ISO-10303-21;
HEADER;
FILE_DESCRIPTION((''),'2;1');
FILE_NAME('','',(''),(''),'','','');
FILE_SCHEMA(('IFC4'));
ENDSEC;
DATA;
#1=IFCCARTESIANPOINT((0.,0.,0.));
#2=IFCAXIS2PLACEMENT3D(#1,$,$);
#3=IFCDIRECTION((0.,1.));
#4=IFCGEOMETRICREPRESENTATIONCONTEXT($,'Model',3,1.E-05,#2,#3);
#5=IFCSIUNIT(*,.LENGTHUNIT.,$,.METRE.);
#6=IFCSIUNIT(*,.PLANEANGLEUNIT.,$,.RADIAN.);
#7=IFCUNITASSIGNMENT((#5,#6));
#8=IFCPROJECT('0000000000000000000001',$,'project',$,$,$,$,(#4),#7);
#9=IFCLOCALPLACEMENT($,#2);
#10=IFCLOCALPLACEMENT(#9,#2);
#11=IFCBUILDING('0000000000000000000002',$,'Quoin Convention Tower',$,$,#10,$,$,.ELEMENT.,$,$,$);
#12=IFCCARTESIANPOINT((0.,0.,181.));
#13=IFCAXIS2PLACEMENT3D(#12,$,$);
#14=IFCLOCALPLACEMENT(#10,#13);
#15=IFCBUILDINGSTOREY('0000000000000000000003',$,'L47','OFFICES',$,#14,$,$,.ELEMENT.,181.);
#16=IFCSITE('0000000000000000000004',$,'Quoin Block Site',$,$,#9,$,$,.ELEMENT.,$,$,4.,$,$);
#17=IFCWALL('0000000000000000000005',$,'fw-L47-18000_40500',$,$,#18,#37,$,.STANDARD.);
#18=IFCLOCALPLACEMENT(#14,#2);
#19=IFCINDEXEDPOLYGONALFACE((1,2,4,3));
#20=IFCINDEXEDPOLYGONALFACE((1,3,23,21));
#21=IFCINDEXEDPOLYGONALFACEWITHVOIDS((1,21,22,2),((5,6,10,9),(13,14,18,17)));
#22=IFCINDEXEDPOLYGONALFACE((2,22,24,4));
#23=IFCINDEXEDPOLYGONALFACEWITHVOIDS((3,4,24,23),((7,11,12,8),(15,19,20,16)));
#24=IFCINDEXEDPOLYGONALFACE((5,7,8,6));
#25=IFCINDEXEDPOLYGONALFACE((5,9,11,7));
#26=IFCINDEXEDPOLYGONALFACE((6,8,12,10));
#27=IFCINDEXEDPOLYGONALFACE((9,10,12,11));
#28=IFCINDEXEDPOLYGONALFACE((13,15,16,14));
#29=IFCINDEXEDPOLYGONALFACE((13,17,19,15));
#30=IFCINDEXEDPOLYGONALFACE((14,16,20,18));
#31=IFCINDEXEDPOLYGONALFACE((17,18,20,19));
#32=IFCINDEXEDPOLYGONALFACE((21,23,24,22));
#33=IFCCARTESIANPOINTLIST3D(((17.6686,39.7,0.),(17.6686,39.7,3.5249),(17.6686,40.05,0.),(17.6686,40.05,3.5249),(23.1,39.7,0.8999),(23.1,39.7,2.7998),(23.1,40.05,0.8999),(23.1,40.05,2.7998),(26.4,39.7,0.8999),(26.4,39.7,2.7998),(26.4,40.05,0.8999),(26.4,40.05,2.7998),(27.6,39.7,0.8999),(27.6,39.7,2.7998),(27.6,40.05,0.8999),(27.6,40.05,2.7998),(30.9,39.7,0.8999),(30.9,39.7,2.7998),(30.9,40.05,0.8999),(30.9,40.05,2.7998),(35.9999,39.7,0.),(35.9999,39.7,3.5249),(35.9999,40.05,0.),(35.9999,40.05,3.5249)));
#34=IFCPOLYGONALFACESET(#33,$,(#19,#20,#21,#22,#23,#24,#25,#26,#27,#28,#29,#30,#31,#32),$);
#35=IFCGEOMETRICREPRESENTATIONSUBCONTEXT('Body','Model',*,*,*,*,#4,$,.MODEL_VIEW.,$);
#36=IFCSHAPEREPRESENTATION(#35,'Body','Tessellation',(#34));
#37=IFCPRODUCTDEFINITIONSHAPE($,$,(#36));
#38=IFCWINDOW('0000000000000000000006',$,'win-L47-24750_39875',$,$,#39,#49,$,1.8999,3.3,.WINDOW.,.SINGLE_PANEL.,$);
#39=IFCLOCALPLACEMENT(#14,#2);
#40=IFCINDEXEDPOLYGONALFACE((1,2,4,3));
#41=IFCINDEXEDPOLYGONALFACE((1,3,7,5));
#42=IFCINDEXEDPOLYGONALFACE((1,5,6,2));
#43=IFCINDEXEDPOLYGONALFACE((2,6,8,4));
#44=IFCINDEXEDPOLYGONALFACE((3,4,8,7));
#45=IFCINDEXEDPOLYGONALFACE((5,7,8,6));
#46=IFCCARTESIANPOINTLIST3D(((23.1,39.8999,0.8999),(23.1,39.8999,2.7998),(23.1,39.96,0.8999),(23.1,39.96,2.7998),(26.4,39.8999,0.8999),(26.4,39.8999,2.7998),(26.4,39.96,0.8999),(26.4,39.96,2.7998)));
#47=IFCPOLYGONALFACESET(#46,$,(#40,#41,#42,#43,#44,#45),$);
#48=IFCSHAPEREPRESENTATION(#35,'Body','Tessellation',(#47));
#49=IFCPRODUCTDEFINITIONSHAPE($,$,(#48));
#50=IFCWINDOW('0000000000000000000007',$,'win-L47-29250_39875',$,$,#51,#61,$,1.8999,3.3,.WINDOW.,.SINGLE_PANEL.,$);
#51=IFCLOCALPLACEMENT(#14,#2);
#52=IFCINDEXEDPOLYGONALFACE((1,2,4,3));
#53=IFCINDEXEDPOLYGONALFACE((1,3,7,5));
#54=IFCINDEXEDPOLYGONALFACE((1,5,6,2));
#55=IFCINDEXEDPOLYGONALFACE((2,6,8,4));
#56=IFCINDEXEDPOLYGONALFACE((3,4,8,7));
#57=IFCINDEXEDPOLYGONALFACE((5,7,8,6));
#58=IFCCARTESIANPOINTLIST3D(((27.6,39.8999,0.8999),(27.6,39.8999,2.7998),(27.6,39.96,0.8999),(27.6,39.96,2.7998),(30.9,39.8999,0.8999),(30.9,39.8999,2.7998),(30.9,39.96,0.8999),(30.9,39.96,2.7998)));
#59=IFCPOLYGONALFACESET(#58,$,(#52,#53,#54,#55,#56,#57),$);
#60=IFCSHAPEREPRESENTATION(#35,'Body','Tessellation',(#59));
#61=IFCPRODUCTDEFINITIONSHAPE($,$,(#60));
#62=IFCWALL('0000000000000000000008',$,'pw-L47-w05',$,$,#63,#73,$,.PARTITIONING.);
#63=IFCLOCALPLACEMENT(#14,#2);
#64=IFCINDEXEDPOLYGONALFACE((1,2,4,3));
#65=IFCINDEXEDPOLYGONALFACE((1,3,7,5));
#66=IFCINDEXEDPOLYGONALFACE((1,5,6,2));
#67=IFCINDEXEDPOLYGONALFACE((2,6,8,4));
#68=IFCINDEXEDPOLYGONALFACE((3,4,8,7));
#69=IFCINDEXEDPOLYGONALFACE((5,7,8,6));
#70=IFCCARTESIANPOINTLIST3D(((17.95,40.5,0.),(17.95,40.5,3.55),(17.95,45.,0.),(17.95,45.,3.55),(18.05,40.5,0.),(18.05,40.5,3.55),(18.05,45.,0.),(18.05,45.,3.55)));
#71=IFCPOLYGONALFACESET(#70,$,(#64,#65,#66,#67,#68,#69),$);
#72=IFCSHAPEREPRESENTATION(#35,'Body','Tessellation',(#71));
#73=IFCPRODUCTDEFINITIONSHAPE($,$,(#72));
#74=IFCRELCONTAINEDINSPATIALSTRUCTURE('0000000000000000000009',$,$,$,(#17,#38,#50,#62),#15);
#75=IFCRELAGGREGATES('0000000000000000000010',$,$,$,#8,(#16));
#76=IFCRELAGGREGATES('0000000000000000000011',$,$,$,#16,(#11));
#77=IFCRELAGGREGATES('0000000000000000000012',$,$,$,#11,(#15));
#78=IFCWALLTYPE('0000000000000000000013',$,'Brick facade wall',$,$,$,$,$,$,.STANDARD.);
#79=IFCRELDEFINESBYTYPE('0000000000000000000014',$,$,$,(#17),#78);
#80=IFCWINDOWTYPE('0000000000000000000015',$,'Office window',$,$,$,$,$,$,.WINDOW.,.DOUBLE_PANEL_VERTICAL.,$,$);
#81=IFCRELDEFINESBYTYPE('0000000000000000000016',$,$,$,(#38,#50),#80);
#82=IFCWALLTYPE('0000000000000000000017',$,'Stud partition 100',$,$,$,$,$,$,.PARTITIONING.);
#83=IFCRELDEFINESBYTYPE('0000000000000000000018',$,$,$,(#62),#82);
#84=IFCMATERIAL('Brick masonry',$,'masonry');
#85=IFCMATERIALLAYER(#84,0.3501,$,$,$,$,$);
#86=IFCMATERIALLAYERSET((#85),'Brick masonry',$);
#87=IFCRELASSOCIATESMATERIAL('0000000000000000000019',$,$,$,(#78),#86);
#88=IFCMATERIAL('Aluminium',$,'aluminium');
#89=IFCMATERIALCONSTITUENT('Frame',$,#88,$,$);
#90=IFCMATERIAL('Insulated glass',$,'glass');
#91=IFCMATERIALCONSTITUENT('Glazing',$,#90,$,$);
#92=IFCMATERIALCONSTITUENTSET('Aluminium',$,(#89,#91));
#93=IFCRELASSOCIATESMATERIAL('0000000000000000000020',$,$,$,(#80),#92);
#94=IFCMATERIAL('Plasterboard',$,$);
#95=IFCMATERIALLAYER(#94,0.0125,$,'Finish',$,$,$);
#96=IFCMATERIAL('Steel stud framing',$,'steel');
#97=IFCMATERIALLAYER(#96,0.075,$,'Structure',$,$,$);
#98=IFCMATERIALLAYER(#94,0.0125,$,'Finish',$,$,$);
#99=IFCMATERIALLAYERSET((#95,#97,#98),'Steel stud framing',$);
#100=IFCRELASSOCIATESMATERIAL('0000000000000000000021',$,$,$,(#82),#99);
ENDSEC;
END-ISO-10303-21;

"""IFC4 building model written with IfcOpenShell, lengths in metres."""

from ifc_helpers import new_model, si_unit, direction, frame, frame_2d, origin, place, context, subcontext, project, spatial, rectangle, extrude, material, layer, layer_set, constituent, constituent_set, type_object, element, fill, save


model = new_model("IFC4")

# Units and contexts
model_context = context("Model", 3, precision=1e-05, world=origin(), true_north=direction((0.0, 1.0)))
body_context = subcontext(model_context, "Body", "Model", "MODEL_VIEW")
ifc_project = project(units=[si_unit("LENGTHUNIT", "METRE"), si_unit("PLANEANGLEUNIT", "RADIAN")], contexts=[model_context])

# Site, building, storey
site_placement = place(None, origin())
site = spatial("IfcSite", under=ifc_project, at=site_placement, Name="Quoin Block Site", CompositionType="ELEMENT", RefElevation=4.0)
building_placement = place(site_placement, origin())
building = spatial("IfcBuilding", under=site, at=building_placement, Name="Quoin Convention Tower", CompositionType="ELEMENT")
storey_placement = place(building_placement, frame((0.0, 0.0, 181.0)))
storey = spatial("IfcBuildingStorey", under=building, at=storey_placement, Name="L47", Description="OFFICES", CompositionType="ELEMENT", Elevation=181.0)

# Wall, openings, windows
ifc_material_1 = material(Name="Brick masonry", Category="masonry")
ifc_layer_1 = layer(ifc_material_1, 0.3501)
ifc_layer_set_1 = layer_set([ifc_layer_1], Name="Brick masonry")
wall_type_1 = type_object("IfcWallType", Name="Brick facade wall", PredefinedType="STANDARD", material=ifc_layer_set_1)
ifc_material_2 = material(Name="Aluminium", Category="aluminium")
ifc_constituent_1 = constituent(ifc_material_2, Name="Frame")
ifc_material_3 = material(Name="Insulated glass", Category="glass")
ifc_constituent_2 = constituent(ifc_material_3, Name="Glazing")
ifc_constituent_set = constituent_set(constituents=[ifc_constituent_1, ifc_constituent_2], Name="Aluminium")
window_type = type_object("IfcWindowType", Name="Office window", PartitioningType="DOUBLE_PANEL_VERTICAL", PredefinedType="WINDOW", material=ifc_constituent_set)
wall_1_placement = place(storey_placement, frame((17.6687, 39.875, 0.0), z_axis=(0.0, 0.0, 1.0), x_axis=(1.0, 0.0, 0.0)))
wall_1 = element("IfcWall", 1, at=wall_1_placement, inside=storey, type_object=wall_type_1, Name="fw-L47-18000_40500", PredefinedType="STANDARD", context=body_context, shape_type="SweptSolid", body=[
    extrude(rectangle(XDim=18.3313, YDim=0.3501, at=frame_2d((9.1655, 0.0))), origin(), (0.0, 0.0, 1.0), 3.5249),
])
opening_1_placement = place(wall_1_placement, frame((5.4314, 0.0, 0.8999)))
opening_1 = element("IfcOpeningElement", 2, at=opening_1_placement, cuts=wall_1, PredefinedType="OPENING", context=body_context, shape_type="SweptSolid", body=[
    extrude(rectangle(XDim=3.3, YDim=1.8999, at=frame_2d((1.6499, 0.95))), frame((0.0, 0.1851, 0.0), z_axis=(0.0, -1.0, 0.0), x_axis=(1.0, 0.0, 0.0)), (0.0, 0.0, 1.0), 0.3701),
])
opening_2_placement = place(wall_1_placement, frame((9.9314, 0.0, 0.8999)))
opening_2 = element("IfcOpeningElement", 3, at=opening_2_placement, cuts=wall_1, PredefinedType="OPENING", context=body_context, shape_type="SweptSolid", body=[
    extrude(rectangle(XDim=3.3, YDim=1.8999, at=frame_2d((1.6499, 0.95))), frame((0.0, 0.1851, 0.0), z_axis=(0.0, -1.0, 0.0), x_axis=(1.0, 0.0, 0.0)), (0.0, 0.0, 1.0), 0.3701),
])
window_1_placement = place(opening_1_placement, origin())
window_1 = element("IfcWindow", 4, at=window_1_placement, inside=storey, type_object=window_type, Name="win-L47-24750_39875", OverallHeight=1.8999, OverallWidth=3.3, PartitioningType="SINGLE_PANEL", PredefinedType="WINDOW", context=body_context, shape_type="SweptSolid", body=[
    extrude(rectangle(XDim=3.3, YDim=1.8999, at=frame_2d((1.6499, 0.95))), frame((0.0, 0.085, 0.0), z_axis=(0.0, -1.0, 0.0), x_axis=(1.0, 0.0, 0.0)), (0.0, 0.0, 1.0), 0.0601),
])
fill(opening_1, window_1)
window_2_placement = place(opening_2_placement, origin())
window_2 = element("IfcWindow", 5, at=window_2_placement, inside=storey, type_object=window_type, Name="win-L47-29250_39875", OverallHeight=1.8999, OverallWidth=3.3, PartitioningType="SINGLE_PANEL", PredefinedType="WINDOW", context=body_context, shape_type="SweptSolid", body=[
    extrude(rectangle(XDim=3.3, YDim=1.8999, at=frame_2d((1.6499, 0.95))), frame((0.0, 0.085, 0.0), z_axis=(0.0, -1.0, 0.0), x_axis=(1.0, 0.0, 0.0)), (0.0, 0.0, 1.0), 0.0601),
])
fill(opening_2, window_2)

# Wall
ifc_material_4 = material(Name="Plasterboard")
ifc_layer_2 = layer(ifc_material_4, 0.0125, Name="Finish")
ifc_material_5 = material(Name="Steel stud framing", Category="steel")
ifc_layer_3 = layer(ifc_material_5, 0.075, Name="Structure")
ifc_layer_4 = layer(ifc_material_4, 0.0125, Name="Finish")
ifc_layer_set_2 = layer_set([ifc_layer_2, ifc_layer_3, ifc_layer_4], Name="Steel stud framing")
wall_type_2 = type_object("IfcWallType", Name="Stud partition 100", PredefinedType="PARTITIONING", material=ifc_layer_set_2)
wall_2_placement = place(storey_placement, frame((18.0, 40.5, 0.0), z_axis=(0.0, 0.0, 1.0), x_axis=(0.0, 1.0, 0.0)))
element("IfcWall", 6, at=wall_2_placement, inside=storey, type_object=wall_type_2, Name="pw-L47-w05", PredefinedType="PARTITIONING", context=body_context, shape_type="SweptSolid", body=[
    extrude(rectangle(XDim=4.5, YDim=0.1001, at=frame_2d((2.25, 0.0))), origin(), (0.0, 0.0, 1.0), 3.55),
])

save(model, "model.ifc")
